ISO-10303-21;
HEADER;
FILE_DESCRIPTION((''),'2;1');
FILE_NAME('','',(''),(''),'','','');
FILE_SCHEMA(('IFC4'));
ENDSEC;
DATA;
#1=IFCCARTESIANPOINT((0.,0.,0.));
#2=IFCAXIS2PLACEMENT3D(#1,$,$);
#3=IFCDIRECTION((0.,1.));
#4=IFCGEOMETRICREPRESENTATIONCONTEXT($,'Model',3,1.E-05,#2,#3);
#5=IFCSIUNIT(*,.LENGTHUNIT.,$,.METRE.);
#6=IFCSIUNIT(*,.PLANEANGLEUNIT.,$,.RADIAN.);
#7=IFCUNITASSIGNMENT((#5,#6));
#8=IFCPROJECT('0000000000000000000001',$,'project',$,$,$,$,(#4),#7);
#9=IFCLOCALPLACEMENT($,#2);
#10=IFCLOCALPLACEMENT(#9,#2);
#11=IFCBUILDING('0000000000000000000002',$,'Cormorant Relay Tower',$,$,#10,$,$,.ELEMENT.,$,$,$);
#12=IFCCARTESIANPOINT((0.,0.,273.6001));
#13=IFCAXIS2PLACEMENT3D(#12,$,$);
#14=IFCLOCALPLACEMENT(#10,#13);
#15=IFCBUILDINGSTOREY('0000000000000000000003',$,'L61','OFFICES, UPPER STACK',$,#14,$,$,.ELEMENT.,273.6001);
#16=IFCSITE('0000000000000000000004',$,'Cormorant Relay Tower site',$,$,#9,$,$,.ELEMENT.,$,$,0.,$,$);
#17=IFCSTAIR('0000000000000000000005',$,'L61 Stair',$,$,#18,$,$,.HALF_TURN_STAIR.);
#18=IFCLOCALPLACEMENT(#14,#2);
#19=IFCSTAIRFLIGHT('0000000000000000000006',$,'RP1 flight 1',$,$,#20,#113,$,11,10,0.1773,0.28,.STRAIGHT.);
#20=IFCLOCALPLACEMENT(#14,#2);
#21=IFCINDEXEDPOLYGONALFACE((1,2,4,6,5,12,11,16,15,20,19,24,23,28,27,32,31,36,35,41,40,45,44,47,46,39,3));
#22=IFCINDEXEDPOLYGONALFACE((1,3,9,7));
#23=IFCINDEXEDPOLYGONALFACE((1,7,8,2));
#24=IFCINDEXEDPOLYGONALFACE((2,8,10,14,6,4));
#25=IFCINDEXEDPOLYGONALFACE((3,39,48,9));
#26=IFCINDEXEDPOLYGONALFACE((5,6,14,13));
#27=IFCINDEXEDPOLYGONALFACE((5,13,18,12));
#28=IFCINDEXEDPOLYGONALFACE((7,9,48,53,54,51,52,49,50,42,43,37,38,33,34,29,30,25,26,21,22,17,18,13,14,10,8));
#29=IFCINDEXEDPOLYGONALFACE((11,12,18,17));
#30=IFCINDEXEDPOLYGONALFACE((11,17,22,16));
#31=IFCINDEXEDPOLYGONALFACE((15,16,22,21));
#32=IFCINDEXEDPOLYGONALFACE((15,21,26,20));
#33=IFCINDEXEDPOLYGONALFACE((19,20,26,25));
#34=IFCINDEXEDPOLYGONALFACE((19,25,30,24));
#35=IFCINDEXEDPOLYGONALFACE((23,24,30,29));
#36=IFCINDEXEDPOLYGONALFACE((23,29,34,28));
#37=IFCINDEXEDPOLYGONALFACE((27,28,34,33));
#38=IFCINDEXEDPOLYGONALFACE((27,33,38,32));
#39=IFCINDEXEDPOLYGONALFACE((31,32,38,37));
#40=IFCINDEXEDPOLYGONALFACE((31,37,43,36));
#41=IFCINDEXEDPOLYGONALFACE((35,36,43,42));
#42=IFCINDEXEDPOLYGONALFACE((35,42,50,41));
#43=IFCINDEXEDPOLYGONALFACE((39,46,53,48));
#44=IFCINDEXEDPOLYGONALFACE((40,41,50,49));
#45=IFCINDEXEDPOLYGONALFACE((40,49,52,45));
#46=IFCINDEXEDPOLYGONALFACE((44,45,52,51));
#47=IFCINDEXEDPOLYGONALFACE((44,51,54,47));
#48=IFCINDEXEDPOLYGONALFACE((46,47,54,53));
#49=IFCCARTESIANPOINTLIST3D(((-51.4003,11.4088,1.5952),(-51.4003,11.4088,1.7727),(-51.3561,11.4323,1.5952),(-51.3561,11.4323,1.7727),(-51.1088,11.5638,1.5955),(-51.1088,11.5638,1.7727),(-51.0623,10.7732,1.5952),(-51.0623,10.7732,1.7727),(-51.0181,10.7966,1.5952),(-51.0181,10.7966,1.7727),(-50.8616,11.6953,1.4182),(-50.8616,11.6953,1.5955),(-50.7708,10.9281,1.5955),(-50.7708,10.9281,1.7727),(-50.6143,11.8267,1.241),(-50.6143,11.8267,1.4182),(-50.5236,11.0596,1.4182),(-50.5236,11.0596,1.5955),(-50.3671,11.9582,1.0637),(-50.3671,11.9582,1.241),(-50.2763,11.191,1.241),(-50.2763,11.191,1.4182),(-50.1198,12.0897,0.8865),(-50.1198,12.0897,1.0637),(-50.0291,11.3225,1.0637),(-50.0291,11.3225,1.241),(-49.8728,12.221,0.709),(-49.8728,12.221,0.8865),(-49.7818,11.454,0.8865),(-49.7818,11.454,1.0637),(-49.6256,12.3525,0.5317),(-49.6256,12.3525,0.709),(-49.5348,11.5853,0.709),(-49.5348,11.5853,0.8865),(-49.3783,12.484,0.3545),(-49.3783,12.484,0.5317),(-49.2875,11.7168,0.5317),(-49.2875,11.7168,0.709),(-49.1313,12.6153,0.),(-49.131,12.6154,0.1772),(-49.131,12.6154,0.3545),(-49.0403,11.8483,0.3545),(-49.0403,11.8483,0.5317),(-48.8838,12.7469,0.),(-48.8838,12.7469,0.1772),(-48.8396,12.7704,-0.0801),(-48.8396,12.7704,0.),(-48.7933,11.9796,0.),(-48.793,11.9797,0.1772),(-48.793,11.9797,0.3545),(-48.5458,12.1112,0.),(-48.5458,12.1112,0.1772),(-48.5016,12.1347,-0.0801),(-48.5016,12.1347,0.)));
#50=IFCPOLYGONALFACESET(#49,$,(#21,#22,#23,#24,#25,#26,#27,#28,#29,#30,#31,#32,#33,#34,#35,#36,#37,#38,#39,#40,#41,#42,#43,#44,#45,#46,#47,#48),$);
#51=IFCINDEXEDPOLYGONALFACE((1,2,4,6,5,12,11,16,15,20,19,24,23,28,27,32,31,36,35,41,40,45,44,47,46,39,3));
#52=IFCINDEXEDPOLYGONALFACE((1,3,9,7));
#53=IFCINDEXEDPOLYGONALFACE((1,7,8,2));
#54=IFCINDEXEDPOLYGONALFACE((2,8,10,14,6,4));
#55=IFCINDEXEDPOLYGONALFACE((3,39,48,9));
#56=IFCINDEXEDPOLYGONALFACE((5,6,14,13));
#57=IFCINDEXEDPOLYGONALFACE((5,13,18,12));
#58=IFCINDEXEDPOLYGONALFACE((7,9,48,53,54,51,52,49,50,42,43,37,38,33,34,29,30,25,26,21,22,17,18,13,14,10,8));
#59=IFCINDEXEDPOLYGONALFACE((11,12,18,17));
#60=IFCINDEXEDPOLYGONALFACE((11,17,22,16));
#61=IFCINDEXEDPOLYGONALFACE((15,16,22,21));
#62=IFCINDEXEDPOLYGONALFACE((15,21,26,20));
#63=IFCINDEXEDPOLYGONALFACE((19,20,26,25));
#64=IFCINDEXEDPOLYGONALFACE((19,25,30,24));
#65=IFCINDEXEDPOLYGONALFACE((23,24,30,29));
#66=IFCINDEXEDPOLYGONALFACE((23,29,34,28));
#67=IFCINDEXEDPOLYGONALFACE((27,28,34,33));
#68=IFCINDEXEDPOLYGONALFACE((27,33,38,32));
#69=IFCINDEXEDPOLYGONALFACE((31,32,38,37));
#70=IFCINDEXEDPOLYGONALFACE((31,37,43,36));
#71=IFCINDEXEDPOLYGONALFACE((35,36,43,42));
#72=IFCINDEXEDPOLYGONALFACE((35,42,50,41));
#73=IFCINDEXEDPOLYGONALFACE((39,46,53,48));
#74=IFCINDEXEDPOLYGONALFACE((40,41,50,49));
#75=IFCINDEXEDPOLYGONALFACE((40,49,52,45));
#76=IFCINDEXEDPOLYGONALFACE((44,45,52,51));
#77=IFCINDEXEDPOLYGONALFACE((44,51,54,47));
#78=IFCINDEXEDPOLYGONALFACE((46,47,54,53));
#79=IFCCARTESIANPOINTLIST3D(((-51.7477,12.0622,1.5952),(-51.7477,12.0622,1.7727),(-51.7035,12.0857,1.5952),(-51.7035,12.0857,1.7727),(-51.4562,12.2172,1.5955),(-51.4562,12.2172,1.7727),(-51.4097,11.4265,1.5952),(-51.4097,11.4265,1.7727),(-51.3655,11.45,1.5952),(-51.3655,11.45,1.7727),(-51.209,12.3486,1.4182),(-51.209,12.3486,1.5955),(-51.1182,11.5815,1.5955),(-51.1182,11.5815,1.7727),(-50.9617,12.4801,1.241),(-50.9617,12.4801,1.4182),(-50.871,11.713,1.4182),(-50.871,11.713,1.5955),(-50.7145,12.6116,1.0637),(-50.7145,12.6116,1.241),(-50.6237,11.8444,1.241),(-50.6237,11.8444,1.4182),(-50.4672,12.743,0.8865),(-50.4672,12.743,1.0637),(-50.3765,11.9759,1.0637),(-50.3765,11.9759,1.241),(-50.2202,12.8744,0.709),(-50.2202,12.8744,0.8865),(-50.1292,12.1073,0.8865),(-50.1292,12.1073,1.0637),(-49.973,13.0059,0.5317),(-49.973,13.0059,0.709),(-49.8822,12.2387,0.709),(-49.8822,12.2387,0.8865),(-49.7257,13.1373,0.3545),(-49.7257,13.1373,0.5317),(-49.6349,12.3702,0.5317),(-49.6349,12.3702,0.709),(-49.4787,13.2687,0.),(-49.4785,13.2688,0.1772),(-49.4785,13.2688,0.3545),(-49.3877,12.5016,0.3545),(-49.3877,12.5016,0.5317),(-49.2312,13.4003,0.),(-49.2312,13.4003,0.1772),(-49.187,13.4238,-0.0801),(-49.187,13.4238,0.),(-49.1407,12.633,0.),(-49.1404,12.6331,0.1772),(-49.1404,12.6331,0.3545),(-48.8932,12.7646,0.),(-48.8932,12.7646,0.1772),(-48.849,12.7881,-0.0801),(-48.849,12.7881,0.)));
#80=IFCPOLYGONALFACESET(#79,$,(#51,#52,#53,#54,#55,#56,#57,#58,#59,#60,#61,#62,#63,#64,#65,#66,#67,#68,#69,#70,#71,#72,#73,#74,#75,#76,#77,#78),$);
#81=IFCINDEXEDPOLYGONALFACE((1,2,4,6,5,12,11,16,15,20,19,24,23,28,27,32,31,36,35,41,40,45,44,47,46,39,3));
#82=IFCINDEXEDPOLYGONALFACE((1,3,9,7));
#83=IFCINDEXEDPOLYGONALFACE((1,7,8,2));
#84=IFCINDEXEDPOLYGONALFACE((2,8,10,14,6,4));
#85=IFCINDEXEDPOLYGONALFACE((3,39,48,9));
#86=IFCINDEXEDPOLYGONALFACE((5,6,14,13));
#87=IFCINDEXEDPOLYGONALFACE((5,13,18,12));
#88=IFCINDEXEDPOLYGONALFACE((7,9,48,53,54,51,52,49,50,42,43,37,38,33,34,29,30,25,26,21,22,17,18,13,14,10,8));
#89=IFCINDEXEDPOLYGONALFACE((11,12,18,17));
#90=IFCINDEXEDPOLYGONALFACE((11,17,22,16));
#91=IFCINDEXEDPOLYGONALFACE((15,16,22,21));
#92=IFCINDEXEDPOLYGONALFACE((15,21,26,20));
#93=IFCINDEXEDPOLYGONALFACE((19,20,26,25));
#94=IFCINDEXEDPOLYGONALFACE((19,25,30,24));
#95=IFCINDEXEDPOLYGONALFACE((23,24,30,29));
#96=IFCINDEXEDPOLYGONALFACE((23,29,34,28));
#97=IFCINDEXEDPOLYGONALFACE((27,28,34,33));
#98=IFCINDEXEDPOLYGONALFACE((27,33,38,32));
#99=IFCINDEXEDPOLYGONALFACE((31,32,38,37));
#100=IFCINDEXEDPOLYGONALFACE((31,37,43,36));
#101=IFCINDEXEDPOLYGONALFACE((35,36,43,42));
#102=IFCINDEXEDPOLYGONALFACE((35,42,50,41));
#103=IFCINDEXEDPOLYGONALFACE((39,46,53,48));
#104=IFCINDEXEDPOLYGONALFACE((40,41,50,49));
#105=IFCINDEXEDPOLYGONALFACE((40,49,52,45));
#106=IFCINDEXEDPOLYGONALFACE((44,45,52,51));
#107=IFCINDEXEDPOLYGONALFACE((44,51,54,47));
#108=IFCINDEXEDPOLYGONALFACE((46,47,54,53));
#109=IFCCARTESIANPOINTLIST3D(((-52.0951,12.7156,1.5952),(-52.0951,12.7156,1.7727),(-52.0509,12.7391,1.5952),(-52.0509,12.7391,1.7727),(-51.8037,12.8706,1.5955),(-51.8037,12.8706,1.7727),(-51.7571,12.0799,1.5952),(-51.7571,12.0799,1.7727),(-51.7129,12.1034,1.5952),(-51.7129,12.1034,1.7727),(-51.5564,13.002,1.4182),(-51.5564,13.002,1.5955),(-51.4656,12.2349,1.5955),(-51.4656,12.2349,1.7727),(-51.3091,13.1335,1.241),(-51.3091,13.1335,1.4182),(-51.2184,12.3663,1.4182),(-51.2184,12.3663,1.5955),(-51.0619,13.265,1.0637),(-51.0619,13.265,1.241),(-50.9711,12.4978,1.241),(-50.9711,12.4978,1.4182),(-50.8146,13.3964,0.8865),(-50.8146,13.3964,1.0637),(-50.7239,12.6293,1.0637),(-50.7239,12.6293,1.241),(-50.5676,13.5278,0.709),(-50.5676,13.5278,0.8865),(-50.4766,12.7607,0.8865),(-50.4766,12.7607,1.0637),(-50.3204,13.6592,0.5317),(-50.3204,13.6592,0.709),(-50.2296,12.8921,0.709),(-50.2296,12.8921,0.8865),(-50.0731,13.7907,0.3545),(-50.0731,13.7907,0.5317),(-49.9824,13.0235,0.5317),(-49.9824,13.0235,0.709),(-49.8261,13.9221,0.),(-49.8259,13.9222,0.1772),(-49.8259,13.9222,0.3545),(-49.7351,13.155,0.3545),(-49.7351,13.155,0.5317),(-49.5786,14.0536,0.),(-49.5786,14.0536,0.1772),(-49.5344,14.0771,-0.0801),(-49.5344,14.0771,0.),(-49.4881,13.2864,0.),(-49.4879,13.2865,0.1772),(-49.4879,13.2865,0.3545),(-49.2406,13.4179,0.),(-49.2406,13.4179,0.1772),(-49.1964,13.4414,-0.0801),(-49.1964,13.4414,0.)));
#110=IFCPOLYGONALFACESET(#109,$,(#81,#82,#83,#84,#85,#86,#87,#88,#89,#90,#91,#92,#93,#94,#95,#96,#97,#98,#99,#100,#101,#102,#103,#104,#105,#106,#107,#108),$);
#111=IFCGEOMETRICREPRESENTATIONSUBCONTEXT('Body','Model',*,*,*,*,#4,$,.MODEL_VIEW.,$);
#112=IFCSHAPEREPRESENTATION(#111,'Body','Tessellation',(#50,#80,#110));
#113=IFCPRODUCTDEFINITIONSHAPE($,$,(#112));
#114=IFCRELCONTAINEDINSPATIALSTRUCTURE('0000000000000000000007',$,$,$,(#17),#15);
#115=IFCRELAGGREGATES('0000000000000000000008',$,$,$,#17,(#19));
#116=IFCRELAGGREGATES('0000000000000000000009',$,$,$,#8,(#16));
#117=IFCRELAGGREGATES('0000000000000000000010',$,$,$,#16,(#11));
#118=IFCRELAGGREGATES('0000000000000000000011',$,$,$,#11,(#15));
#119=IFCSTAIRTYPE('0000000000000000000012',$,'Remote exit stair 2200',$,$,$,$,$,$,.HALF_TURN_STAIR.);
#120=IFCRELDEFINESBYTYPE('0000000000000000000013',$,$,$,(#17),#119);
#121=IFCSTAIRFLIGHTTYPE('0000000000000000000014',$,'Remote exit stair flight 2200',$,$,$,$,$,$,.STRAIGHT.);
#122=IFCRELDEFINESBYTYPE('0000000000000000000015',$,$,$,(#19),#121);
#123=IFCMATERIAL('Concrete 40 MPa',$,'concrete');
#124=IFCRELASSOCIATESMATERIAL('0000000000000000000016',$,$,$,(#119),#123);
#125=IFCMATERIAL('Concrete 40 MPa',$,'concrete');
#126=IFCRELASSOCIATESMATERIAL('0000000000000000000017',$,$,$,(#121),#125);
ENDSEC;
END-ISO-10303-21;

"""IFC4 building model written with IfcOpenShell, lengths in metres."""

from ifc_helpers import new_model, si_unit, direction, frame, origin, place, context, subcontext, project, spatial, polyline, outline, extrude, material, type_object, element, aggregate, save


model = new_model("IFC4")

# Units and contexts
model_context = context("Model", 3, precision=1e-05, world=origin(), true_north=direction((0.0, 1.0)))
body_context = subcontext(model_context, "Body", "Model", "MODEL_VIEW")
ifc_project = project(units=[si_unit("LENGTHUNIT", "METRE"), si_unit("PLANEANGLEUNIT", "RADIAN")], contexts=[model_context])

# Site, building, storey
site_placement = place(None, origin())
site = spatial("IfcSite", under=ifc_project, at=site_placement, Name="Cormorant Relay Tower site", CompositionType="ELEMENT", RefElevation=0.0)
building_placement = place(site_placement, origin())
building = spatial("IfcBuilding", under=site, at=building_placement, Name="Cormorant Relay Tower", CompositionType="ELEMENT")
storey_placement = place(building_placement, frame((0.0, 0.0, 273.6001)))
storey = spatial("IfcBuildingStorey", under=building, at=storey_placement, Name="L61", Description="OFFICES, UPPER STACK", CompositionType="ELEMENT", Elevation=273.6001)

# Stair, stair flight
ifc_material_1 = material(Name="Concrete 40 MPa", Category="concrete")
stair_type = type_object("IfcStairType", Name="Remote exit stair 2200", PredefinedType="HALF_TURN_STAIR", material=ifc_material_1)
stair_placement = place(storey_placement, origin())
stair = element("IfcStair", 1, at=stair_placement, inside=storey, type_object=stair_type, Name="L61 Stair", PredefinedType="HALF_TURN_STAIR")
ifc_material_2 = material(Name="Concrete 40 MPa", Category="concrete")
stair_flight_type = type_object("IfcStairFlightType", Name="Remote exit stair flight 2200", PredefinedType="STRAIGHT", material=ifc_material_2)
stair_flight_1_placement = place(storey_placement, frame((-49.0623, 13.0825, 0.0), z_axis=(0.0, 0.0, 1.0), x_axis=(-0.882948, -0.469472, 0.0)))
stair_flight_1 = element("IfcStairFlight", 2, at=stair_flight_1_placement, type_object=stair_flight_type, Name="RP1 flight 1", NumberOfRisers=11, NumberOfTreads=10, PredefinedType="STRAIGHT", RiserHeight=0.1773, TreadLength=0.28, context=body_context, shape_type="SweptSolid", body=[
    extrude(outline(polyline([(-0.05, -0.0801), (-0.05, 0.0), (0.0, 0.0), (0.0, 0.1772), (0.28, 0.1772), (0.28, 0.3545), (0.5601, 0.3545), (0.5601, 0.5317), (0.8401, 0.5317), (0.8401, 0.709), (1.1201, 0.709), (1.1201, 0.8865), (1.3999, 0.8865), (1.3999, 1.0637), (1.6799, 1.0637), (1.6799, 1.241), (1.96, 1.241), (1.96, 1.4182), (2.24, 1.4182), (2.24, 1.5955), (2.52, 1.5955), (2.52, 1.7727), (2.8, 1.7727), (2.8501, 1.7727), (2.8501, 1.5952), (2.8, 1.5952), (0.2803, 0.0), (-0.05, -0.0801)])), frame((0.0, 1.1001, 0.0), z_axis=(0.0, -1.0, 0.0), x_axis=(1.0, 0.0, 0.0)), (0.0, 0.0, 1.0), 0.72),
    extrude(outline(polyline([(-0.05, -0.0801), (-0.05, 0.0), (0.0, 0.0), (0.0, 0.1772), (0.28, 0.1772), (0.28, 0.3545), (0.5601, 0.3545), (0.5601, 0.5317), (0.8401, 0.5317), (0.8401, 0.709), (1.1201, 0.709), (1.1201, 0.8865), (1.3999, 0.8865), (1.3999, 1.0637), (1.6799, 1.0637), (1.6799, 1.241), (1.96, 1.241), (1.96, 1.4182), (2.24, 1.4182), (2.24, 1.5955), (2.52, 1.5955), (2.52, 1.7727), (2.8, 1.7727), (2.8501, 1.7727), (2.8501, 1.5952), (2.8, 1.5952), (0.2803, 0.0), (-0.05, -0.0801)])), frame((0.0, 0.3601, 0.0), z_axis=(0.0, -1.0, 0.0), x_axis=(1.0, 0.0, 0.0)), (0.0, 0.0, 1.0), 0.72),
    extrude(outline(polyline([(-0.05, -0.0801), (-0.05, 0.0), (0.0, 0.0), (0.0, 0.1772), (0.28, 0.1772), (0.28, 0.3545), (0.5601, 0.3545), (0.5601, 0.5317), (0.8401, 0.5317), (0.8401, 0.709), (1.1201, 0.709), (1.1201, 0.8865), (1.3999, 0.8865), (1.3999, 1.0637), (1.6799, 1.0637), (1.6799, 1.241), (1.96, 1.241), (1.96, 1.4182), (2.24, 1.4182), (2.24, 1.5955), (2.52, 1.5955), (2.52, 1.7727), (2.8, 1.7727), (2.8501, 1.7727), (2.8501, 1.5952), (2.8, 1.5952), (0.2803, 0.0), (-0.05, -0.0801)])), frame((0.0, -0.3799, 0.0), z_axis=(0.0, -1.0, 0.0), x_axis=(1.0, 0.0, 0.0)), (0.0, 0.0, 1.0), 0.72),
])
aggregate(stair, [stair_flight_1])

save(model, "model.ifc")
